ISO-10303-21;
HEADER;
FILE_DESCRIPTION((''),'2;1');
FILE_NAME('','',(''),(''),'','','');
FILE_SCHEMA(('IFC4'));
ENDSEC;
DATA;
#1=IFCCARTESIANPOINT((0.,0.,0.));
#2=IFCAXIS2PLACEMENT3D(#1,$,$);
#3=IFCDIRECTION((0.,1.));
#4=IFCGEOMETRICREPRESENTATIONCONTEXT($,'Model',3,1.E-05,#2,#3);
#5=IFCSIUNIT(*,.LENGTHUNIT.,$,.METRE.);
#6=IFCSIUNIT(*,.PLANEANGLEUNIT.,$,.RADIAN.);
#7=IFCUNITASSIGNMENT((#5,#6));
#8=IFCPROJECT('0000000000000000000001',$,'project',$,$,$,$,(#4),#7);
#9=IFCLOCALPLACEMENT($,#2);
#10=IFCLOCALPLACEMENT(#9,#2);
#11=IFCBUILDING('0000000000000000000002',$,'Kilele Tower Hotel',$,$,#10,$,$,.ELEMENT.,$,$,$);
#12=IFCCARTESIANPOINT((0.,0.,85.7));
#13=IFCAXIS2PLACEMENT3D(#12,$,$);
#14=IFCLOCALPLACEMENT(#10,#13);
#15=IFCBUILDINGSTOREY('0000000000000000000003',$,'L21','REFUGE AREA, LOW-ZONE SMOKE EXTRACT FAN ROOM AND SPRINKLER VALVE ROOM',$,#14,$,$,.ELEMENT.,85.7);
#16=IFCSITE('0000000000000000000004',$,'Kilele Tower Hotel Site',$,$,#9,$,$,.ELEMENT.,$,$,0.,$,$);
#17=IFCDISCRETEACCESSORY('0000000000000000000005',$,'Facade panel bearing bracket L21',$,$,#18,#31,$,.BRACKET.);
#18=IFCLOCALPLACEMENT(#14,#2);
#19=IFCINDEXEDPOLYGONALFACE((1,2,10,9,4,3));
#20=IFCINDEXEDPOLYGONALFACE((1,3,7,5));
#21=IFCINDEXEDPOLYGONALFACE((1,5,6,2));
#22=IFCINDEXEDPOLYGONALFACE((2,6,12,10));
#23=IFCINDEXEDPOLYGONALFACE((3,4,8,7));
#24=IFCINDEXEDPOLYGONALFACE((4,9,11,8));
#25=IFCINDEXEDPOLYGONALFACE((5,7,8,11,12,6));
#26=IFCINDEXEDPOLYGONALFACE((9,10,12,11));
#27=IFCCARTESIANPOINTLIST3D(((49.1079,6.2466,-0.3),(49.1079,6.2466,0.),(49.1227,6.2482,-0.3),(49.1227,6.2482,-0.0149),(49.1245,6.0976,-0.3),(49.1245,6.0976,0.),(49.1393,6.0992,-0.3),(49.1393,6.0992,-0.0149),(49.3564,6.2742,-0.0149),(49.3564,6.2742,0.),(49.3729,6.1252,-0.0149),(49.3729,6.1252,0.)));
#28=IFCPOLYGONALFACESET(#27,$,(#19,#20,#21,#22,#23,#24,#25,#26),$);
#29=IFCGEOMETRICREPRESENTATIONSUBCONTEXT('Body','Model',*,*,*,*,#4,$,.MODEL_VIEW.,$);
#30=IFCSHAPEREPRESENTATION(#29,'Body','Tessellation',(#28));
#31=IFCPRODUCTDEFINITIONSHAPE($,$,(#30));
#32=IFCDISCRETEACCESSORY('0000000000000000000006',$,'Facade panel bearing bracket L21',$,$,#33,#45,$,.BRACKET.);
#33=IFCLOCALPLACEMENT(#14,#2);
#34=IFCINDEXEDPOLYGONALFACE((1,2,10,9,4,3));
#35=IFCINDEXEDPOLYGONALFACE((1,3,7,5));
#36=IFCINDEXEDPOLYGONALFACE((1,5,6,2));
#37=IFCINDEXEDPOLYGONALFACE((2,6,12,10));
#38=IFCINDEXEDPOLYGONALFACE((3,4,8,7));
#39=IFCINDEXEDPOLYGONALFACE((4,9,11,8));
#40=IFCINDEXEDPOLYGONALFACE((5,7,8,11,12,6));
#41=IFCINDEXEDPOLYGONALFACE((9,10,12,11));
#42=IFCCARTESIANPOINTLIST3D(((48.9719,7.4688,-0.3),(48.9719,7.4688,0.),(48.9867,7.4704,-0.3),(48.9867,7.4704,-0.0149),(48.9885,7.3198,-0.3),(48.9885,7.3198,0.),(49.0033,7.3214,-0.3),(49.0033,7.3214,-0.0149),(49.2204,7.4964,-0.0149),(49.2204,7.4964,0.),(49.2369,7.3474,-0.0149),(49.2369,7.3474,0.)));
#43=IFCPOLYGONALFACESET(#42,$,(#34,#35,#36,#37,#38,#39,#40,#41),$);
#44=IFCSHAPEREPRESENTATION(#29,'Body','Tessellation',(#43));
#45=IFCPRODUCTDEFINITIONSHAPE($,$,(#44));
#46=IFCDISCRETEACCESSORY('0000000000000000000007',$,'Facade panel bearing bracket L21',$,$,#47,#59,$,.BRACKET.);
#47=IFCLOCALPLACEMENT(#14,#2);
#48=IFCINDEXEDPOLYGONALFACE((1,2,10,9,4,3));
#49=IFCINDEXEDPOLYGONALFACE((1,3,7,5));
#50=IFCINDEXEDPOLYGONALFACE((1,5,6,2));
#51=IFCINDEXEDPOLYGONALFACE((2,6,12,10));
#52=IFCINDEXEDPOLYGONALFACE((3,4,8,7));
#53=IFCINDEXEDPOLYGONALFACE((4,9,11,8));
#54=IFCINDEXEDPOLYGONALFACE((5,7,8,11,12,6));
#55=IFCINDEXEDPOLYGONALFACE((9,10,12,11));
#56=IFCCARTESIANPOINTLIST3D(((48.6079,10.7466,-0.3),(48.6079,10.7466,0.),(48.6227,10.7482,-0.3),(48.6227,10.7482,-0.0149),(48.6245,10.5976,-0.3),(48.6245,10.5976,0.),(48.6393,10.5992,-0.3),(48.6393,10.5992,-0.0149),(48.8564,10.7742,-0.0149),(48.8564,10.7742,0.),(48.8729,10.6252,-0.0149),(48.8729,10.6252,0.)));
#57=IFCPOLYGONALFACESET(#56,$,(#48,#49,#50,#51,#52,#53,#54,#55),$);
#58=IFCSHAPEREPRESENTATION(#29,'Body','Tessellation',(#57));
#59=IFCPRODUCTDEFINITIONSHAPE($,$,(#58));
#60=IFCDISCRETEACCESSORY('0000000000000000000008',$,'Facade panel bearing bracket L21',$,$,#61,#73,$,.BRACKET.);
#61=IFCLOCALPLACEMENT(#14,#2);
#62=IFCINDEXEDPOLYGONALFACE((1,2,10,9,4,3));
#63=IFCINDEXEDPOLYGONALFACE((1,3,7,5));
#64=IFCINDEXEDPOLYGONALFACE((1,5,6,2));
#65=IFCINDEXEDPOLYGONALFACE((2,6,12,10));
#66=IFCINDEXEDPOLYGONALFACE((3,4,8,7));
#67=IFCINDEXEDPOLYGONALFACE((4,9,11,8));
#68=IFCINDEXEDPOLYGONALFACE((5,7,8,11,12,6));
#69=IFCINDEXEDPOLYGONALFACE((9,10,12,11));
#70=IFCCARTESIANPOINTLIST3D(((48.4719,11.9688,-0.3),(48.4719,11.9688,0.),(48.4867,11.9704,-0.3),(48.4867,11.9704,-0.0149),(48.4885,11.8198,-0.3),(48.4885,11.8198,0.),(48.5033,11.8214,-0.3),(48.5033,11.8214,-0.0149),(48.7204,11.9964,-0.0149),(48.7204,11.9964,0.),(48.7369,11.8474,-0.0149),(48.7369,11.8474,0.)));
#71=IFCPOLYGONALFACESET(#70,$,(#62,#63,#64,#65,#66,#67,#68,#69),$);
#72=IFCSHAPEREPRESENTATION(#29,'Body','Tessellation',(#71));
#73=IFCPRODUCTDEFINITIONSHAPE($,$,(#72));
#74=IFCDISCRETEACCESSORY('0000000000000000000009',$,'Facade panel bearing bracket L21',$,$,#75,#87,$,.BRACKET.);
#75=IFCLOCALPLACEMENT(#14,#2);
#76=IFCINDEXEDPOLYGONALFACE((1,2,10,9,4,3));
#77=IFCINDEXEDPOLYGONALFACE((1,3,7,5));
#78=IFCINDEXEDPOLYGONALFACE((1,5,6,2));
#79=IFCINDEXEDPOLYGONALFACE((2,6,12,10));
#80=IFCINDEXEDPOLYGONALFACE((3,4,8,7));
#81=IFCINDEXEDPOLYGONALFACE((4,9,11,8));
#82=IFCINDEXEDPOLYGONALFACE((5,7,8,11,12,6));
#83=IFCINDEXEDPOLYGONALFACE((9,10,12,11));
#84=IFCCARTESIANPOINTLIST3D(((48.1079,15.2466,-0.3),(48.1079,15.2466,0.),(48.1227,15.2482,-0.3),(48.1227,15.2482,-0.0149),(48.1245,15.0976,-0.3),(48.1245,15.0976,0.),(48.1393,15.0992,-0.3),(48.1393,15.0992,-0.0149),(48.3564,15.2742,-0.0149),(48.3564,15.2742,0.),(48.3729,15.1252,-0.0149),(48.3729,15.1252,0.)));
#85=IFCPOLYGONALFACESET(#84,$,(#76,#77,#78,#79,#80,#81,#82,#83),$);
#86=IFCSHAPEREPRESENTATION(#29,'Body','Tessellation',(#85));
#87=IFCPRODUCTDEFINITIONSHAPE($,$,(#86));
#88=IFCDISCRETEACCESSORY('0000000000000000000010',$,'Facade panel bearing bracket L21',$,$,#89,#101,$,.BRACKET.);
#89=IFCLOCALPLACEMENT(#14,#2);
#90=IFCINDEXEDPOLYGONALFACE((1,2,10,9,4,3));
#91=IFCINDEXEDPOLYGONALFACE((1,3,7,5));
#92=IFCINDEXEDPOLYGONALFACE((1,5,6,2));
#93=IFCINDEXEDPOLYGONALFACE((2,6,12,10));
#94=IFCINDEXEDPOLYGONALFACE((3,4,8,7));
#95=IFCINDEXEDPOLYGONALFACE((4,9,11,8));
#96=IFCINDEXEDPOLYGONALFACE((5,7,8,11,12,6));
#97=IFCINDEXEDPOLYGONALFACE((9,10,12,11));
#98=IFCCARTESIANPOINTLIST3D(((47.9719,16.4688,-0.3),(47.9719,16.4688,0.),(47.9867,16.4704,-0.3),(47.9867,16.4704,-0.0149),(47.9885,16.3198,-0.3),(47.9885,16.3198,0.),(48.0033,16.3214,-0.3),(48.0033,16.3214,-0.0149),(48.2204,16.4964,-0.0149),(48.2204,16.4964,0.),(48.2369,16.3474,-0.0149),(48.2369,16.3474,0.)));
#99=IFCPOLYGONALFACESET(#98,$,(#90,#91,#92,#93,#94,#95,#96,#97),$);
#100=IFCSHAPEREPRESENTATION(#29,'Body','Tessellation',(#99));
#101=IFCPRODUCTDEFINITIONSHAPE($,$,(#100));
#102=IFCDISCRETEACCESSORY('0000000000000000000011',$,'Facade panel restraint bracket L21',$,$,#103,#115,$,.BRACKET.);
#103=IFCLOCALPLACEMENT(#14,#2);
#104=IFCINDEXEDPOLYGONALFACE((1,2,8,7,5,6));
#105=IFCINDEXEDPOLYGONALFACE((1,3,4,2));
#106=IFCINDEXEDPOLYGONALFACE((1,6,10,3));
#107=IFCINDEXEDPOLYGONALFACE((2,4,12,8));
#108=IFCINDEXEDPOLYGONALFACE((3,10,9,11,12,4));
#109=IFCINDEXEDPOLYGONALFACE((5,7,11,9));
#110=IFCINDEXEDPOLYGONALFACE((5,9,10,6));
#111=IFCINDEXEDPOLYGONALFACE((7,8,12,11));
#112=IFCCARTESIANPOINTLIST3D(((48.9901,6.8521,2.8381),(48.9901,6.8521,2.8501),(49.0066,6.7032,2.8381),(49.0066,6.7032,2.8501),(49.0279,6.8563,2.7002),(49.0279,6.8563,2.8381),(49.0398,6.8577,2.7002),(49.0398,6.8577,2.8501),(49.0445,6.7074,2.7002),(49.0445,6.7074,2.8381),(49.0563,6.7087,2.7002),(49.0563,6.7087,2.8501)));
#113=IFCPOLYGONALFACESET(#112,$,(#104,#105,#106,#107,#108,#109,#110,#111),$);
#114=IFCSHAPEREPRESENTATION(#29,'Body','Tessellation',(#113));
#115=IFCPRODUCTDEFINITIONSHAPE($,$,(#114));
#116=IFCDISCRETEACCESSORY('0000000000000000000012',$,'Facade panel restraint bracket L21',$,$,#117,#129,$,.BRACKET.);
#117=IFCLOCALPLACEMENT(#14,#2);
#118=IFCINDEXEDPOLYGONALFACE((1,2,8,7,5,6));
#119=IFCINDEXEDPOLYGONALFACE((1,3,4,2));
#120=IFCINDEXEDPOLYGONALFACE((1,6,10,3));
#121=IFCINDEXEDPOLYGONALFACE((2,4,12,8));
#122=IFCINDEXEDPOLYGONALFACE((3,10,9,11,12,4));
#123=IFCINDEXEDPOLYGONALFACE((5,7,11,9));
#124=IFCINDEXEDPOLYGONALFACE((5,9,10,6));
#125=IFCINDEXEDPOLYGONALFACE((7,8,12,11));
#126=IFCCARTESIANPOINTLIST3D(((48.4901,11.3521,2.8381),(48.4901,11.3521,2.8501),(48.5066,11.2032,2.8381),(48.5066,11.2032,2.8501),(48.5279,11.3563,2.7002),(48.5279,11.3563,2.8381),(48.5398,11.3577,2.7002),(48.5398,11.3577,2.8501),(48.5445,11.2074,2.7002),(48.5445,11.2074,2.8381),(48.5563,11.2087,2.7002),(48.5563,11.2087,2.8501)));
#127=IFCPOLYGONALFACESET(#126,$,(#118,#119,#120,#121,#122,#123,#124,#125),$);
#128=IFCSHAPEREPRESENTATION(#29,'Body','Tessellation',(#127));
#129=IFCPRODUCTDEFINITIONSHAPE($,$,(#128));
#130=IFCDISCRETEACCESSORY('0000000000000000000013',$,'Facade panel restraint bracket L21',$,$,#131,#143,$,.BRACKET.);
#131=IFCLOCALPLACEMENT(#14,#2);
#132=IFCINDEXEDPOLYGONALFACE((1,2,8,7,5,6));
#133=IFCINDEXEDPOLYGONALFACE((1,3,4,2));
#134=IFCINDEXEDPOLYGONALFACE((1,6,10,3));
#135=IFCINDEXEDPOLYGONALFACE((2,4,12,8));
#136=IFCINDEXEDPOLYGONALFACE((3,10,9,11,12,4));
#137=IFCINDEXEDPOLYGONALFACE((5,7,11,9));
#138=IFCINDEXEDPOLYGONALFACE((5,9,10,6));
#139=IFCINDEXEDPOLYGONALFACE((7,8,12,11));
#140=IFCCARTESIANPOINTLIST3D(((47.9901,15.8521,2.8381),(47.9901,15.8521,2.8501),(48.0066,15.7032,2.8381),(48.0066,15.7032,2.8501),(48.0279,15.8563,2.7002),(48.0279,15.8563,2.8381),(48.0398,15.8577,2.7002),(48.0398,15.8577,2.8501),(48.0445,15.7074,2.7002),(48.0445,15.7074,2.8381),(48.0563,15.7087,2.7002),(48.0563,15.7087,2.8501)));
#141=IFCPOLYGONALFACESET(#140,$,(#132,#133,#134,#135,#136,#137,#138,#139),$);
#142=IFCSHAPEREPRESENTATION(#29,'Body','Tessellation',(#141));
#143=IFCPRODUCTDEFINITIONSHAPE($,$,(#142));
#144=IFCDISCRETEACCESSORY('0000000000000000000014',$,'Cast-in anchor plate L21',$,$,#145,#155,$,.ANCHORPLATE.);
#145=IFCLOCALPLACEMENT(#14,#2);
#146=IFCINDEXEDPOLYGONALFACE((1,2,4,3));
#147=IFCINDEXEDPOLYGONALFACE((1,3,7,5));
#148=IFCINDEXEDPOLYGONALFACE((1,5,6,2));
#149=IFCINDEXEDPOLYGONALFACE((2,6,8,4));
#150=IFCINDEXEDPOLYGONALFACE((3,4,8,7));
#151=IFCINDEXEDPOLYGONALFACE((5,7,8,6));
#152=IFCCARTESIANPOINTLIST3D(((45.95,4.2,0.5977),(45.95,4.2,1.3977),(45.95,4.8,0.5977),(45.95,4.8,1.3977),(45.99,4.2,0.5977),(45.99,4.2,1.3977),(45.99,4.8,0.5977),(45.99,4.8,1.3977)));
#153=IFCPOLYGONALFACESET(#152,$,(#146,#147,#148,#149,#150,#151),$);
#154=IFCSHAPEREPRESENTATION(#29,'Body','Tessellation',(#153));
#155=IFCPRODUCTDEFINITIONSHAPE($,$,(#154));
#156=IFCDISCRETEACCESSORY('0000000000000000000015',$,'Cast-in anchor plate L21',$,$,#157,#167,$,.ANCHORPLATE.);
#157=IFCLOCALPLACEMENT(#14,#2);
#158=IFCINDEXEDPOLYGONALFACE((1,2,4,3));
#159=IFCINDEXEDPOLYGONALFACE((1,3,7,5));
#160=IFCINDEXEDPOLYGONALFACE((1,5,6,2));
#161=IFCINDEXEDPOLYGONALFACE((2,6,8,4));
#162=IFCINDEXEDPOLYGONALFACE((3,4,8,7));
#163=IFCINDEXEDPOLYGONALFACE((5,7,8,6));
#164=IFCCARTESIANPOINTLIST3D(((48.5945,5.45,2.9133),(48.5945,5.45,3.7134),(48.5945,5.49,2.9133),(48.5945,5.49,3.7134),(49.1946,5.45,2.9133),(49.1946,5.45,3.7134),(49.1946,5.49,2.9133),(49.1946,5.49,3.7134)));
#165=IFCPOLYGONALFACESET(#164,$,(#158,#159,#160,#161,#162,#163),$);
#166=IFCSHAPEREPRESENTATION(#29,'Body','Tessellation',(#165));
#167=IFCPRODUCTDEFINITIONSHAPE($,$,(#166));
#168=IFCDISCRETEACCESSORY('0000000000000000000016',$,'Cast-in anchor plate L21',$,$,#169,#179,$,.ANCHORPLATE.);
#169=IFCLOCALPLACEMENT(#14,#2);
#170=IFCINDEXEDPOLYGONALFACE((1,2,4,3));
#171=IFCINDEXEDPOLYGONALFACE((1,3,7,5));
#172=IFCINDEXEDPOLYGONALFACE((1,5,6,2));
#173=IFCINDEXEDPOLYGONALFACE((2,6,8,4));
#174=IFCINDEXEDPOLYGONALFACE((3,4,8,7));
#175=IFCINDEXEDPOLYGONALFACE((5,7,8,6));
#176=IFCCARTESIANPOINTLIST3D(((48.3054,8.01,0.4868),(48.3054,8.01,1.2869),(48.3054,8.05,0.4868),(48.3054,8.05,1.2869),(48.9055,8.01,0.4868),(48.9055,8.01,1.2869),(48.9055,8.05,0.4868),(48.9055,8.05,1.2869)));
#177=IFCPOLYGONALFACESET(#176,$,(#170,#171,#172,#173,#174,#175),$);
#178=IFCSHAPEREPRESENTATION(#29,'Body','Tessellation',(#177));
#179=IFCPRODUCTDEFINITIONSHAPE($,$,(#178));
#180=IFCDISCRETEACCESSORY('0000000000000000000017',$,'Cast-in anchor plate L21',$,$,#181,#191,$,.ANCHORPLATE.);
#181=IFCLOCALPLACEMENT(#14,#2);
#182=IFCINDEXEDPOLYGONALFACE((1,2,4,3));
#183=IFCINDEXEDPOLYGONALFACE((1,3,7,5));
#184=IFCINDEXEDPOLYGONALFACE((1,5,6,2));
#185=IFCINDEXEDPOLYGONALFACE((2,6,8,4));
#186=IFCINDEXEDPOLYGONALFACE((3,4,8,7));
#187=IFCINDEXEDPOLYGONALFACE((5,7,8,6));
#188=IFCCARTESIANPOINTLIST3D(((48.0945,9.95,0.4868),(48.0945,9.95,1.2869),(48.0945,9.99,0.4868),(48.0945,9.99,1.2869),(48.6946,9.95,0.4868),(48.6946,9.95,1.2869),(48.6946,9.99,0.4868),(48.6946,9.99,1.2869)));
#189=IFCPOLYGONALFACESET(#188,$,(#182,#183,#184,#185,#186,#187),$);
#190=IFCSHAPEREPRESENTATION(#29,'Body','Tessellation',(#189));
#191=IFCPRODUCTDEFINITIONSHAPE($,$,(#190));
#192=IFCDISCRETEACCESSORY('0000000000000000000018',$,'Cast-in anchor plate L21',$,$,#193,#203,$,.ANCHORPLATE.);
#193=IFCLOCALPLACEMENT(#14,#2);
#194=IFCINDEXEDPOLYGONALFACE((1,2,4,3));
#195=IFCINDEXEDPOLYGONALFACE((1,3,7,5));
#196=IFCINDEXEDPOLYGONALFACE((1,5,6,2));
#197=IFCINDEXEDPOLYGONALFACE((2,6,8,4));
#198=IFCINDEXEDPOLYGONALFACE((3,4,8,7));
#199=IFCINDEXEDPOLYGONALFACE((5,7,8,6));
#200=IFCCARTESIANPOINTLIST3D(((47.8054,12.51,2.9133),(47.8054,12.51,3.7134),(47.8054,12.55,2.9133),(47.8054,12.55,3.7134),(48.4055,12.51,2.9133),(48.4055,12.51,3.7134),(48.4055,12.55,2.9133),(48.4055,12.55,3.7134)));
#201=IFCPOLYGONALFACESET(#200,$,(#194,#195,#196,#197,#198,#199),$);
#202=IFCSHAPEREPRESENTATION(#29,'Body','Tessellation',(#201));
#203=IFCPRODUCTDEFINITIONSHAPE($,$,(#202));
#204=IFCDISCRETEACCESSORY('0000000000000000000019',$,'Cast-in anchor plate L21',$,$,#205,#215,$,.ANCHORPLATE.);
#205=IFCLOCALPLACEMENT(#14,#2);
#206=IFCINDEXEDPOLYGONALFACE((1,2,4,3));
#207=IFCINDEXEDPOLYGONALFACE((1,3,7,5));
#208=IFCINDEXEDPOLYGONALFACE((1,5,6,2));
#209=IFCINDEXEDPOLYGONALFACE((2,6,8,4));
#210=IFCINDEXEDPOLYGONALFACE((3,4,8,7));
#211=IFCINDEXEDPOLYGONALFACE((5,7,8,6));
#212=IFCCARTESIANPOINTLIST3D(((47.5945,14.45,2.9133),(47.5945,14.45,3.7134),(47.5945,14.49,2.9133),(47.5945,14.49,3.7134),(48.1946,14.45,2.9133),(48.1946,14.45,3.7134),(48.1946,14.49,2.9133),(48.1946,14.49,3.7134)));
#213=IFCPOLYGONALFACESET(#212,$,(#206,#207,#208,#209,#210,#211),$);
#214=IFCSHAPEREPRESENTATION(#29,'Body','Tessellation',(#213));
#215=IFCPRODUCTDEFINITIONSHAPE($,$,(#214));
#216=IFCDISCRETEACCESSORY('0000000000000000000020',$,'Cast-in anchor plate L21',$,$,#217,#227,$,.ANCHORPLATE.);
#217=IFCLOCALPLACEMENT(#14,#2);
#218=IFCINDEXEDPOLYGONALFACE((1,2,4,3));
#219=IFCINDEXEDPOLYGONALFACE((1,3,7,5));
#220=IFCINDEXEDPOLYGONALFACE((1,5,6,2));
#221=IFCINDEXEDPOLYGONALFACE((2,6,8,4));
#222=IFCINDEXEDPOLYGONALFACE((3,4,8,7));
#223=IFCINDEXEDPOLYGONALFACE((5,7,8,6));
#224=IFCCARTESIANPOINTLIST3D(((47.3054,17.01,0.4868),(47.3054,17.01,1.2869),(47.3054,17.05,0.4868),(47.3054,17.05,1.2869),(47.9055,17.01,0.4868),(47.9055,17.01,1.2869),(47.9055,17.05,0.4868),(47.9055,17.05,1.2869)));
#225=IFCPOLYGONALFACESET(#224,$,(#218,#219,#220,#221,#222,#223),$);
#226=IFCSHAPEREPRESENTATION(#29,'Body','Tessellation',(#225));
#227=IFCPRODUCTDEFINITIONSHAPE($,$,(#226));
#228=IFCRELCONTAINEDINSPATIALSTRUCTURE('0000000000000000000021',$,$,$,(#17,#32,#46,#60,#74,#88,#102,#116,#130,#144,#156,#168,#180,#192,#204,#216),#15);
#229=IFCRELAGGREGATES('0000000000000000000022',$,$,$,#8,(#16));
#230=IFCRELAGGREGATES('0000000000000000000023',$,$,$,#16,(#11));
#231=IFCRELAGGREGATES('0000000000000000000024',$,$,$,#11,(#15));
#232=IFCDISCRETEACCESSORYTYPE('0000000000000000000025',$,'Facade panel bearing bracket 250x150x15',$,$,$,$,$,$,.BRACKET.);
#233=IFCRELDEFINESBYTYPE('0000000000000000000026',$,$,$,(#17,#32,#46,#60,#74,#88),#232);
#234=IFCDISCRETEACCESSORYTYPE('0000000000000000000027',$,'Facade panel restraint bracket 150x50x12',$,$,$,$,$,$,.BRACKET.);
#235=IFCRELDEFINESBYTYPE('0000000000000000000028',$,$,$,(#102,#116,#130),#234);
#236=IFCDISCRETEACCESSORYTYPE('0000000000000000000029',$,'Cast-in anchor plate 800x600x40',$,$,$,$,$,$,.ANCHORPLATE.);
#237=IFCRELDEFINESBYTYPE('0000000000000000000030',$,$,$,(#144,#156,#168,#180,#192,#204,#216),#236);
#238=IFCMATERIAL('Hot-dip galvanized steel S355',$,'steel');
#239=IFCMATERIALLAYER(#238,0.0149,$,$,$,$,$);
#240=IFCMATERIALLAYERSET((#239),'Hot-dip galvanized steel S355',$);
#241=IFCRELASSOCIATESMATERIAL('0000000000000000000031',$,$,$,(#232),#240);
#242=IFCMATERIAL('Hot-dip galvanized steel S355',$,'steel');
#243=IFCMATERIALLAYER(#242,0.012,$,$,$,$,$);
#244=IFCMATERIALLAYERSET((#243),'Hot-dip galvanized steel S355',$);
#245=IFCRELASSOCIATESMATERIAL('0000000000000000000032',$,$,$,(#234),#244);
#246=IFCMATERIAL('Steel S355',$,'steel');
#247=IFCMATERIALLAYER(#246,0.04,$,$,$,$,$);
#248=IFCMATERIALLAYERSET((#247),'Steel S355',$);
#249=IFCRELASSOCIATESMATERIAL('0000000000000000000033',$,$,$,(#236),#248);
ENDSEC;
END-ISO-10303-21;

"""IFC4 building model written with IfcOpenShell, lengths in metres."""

from ifc_helpers import new_model, si_unit, direction, frame, origin, place, context, subcontext, project, spatial, polyline, outline, extrude, source, transform, mapped, material, layer, layer_set, type_object, element, save


model = new_model("IFC4")

# Units and contexts
model_context = context("Model", 3, precision=1e-05, world=origin(), true_north=direction((0.0, 1.0)))
body_context = subcontext(model_context, "Body", "Model", "MODEL_VIEW")
ifc_project = project(units=[si_unit("LENGTHUNIT", "METRE"), si_unit("PLANEANGLEUNIT", "RADIAN")], contexts=[model_context])

# Site, building, storey
site_placement = place(None, origin())
site = spatial("IfcSite", under=ifc_project, at=site_placement, Name="Kilele Tower Hotel Site", CompositionType="ELEMENT", RefElevation=0.0)
building_placement = place(site_placement, origin())
building = spatial("IfcBuilding", under=site, at=building_placement, Name="Kilele Tower Hotel", CompositionType="ELEMENT")
storey_placement = place(building_placement, frame((0.0, 0.0, 85.7)))
storey = spatial("IfcBuildingStorey", under=building, at=storey_placement, Name="L21", Description="REFUGE AREA, LOW-ZONE SMOKE EXTRACT FAN ROOM AND SPRINKLER VALVE ROOM", CompositionType="ELEMENT", Elevation=85.7)

# Discrete accessories
ifc_material_1 = material(Name="Hot-dip galvanized steel S355", Category="steel")
ifc_layer_1 = layer(ifc_material_1, 0.0149)
ifc_layer_set_1 = layer_set([ifc_layer_1], Name="Hot-dip galvanized steel S355")
discrete_accessory_type_1 = type_object("IfcDiscreteAccessoryType", Name="Facade panel bearing bracket 250x150x15", PredefinedType="BRACKET", material=ifc_layer_set_1)
shared_shape_1 = source(origin(), body_context, "Body", "SweptSolid", [
    extrude(outline(polyline([(0.0, 0.0), (0.25, 0.0), (0.25, -0.0149), (0.0149, -0.0149), (0.0149, -0.3), (0.0, -0.3), (0.0, 0.0)])), origin(), (0.0, 0.0, 1.0), 0.1499),
])
for number, where, z_axis, x_axis, name in (
    (1, (49.1079, 6.2466, 0.0), (0.110432, -0.993884, 0.0), (0.993884, 0.110432, 0.0), "Facade panel bearing bracket L21"),
    (2, (48.9719, 7.4688, 0.0), (0.110432, -0.993884, 0.0), (0.993884, 0.110432, 0.0), "Facade panel bearing bracket L21"),
    (3, (48.6079, 10.7466, 0.0), (0.110432, -0.993884, 0.0), (0.993884, 0.110432, 0.0), "Facade panel bearing bracket L21"),
    (4, (48.4719, 11.9688, 0.0), (0.110432, -0.993884, 0.0), (0.993884, 0.110432, 0.0), "Facade panel bearing bracket L21"),
    (5, (48.1079, 15.2466, 0.0), (0.110432, -0.993884, 0.0), (0.993884, 0.110432, 0.0), "Facade panel bearing bracket L21"),
    (6, (47.9719, 16.4688, 0.0), (0.110432, -0.993884, 0.0), (0.993884, 0.110432, 0.0), "Facade panel bearing bracket L21"),
):
    element("IfcDiscreteAccessory", number, at=place(storey_placement, frame(where, z_axis=z_axis, x_axis=x_axis)), inside=storey, type_object=discrete_accessory_type_1, Name=name, PredefinedType="BRACKET", context=body_context, shape_type="MappedRepresentation", body=[
        mapped(shared_shape_1, transform((0.0, 0.0, 0.0))),
    ])
ifc_material_2 = material(Name="Hot-dip galvanized steel S355", Category="steel")
ifc_layer_2 = layer(ifc_material_2, 0.012)
ifc_layer_set_2 = layer_set([ifc_layer_2], Name="Hot-dip galvanized steel S355")
discrete_accessory_type_2 = type_object("IfcDiscreteAccessoryType", Name="Facade panel restraint bracket 150x50x12", PredefinedType="BRACKET", material=ifc_layer_set_2)
shared_shape_2 = source(origin(), body_context, "Body", "SweptSolid", [
    extrude(outline(polyline([(0.0, 0.0), (0.0, -0.1499), (-0.012, -0.1499), (-0.012, -0.012), (-0.05, -0.012), (-0.05, 0.0), (0.0, 0.0)])), origin(), (0.0, 0.0, 1.0), 0.1499),
])
for number, where, z_axis, x_axis, name in (
    (7, (49.0398, 6.8577, 2.8501), (0.110432, -0.993884, 0.0), (0.993884, 0.110432, 0.0), "Facade panel restraint bracket L21"),
    (8, (48.5398, 11.3577, 2.8501), (0.110432, -0.993884, 0.0), (0.993884, 0.110432, 0.0), "Facade panel restraint bracket L21"),
    (9, (48.0398, 15.8577, 2.8501), (0.110432, -0.993884, 0.0), (0.993884, 0.110432, 0.0), "Facade panel restraint bracket L21"),
):
    element("IfcDiscreteAccessory", number, at=place(storey_placement, frame(where, z_axis=z_axis, x_axis=x_axis)), inside=storey, type_object=discrete_accessory_type_2, Name=name, PredefinedType="BRACKET", context=body_context, shape_type="MappedRepresentation", body=[
        mapped(shared_shape_2, transform((0.0, 0.0, 0.0))),
    ])
ifc_material_3 = material(Name="Steel S355", Category="steel")
ifc_layer_3 = layer(ifc_material_3, 0.04)
ifc_layer_set_3 = layer_set([ifc_layer_3], Name="Steel S355")
discrete_accessory_type_3 = type_object("IfcDiscreteAccessoryType", Name="Cast-in anchor plate 800x600x40", PredefinedType="ANCHORPLATE", material=ifc_layer_set_3)
shared_shape_3 = source(origin(), body_context, "Body", "SweptSolid", [
    extrude(outline(polyline([(0.0, 0.0), (0.04, 0.0), (0.04, 0.8), (0.0, 0.8), (0.0, 0.0)])), origin(), (0.0, 0.0, 1.0), 0.6001),
])
for number, where, z_axis, x_axis, name in (
    (10, (45.95, 4.8, 0.5977), (0.0, -1.0, 0.0), (1.0, 0.0, 0.0), "Cast-in anchor plate L21"),
    (11, (48.5945, 5.45, 2.9133), (1.0, 0.0, 0.0), (0.0, 1.0, 0.0), "Cast-in anchor plate L21"),
    (12, (48.9055, 8.05, 0.4868), (-1.0, 0.0, 0.0), (0.0, -1.0, 0.0), "Cast-in anchor plate L21"),
    (13, (48.0945, 9.95, 0.4868), (1.0, 0.0, 0.0), (0.0, 1.0, 0.0), "Cast-in anchor plate L21"),
    (14, (48.4055, 12.55, 2.9133), (-1.0, 0.0, 0.0), (0.0, -1.0, 0.0), "Cast-in anchor plate L21"),
    (15, (47.5945, 14.45, 2.9133), (1.0, 0.0, 0.0), (0.0, 1.0, 0.0), "Cast-in anchor plate L21"),
    (16, (47.9055, 17.05, 0.4868), (-1.0, 0.0, 0.0), (0.0, -1.0, 0.0), "Cast-in anchor plate L21"),
):
    element("IfcDiscreteAccessory", number, at=place(storey_placement, frame(where, z_axis=z_axis, x_axis=x_axis)), inside=storey, type_object=discrete_accessory_type_3, Name=name, PredefinedType="ANCHORPLATE", context=body_context, shape_type="MappedRepresentation", body=[
        mapped(shared_shape_3, transform((0.0, 0.0, 0.0))),
    ])

save(model, "model.ifc")
